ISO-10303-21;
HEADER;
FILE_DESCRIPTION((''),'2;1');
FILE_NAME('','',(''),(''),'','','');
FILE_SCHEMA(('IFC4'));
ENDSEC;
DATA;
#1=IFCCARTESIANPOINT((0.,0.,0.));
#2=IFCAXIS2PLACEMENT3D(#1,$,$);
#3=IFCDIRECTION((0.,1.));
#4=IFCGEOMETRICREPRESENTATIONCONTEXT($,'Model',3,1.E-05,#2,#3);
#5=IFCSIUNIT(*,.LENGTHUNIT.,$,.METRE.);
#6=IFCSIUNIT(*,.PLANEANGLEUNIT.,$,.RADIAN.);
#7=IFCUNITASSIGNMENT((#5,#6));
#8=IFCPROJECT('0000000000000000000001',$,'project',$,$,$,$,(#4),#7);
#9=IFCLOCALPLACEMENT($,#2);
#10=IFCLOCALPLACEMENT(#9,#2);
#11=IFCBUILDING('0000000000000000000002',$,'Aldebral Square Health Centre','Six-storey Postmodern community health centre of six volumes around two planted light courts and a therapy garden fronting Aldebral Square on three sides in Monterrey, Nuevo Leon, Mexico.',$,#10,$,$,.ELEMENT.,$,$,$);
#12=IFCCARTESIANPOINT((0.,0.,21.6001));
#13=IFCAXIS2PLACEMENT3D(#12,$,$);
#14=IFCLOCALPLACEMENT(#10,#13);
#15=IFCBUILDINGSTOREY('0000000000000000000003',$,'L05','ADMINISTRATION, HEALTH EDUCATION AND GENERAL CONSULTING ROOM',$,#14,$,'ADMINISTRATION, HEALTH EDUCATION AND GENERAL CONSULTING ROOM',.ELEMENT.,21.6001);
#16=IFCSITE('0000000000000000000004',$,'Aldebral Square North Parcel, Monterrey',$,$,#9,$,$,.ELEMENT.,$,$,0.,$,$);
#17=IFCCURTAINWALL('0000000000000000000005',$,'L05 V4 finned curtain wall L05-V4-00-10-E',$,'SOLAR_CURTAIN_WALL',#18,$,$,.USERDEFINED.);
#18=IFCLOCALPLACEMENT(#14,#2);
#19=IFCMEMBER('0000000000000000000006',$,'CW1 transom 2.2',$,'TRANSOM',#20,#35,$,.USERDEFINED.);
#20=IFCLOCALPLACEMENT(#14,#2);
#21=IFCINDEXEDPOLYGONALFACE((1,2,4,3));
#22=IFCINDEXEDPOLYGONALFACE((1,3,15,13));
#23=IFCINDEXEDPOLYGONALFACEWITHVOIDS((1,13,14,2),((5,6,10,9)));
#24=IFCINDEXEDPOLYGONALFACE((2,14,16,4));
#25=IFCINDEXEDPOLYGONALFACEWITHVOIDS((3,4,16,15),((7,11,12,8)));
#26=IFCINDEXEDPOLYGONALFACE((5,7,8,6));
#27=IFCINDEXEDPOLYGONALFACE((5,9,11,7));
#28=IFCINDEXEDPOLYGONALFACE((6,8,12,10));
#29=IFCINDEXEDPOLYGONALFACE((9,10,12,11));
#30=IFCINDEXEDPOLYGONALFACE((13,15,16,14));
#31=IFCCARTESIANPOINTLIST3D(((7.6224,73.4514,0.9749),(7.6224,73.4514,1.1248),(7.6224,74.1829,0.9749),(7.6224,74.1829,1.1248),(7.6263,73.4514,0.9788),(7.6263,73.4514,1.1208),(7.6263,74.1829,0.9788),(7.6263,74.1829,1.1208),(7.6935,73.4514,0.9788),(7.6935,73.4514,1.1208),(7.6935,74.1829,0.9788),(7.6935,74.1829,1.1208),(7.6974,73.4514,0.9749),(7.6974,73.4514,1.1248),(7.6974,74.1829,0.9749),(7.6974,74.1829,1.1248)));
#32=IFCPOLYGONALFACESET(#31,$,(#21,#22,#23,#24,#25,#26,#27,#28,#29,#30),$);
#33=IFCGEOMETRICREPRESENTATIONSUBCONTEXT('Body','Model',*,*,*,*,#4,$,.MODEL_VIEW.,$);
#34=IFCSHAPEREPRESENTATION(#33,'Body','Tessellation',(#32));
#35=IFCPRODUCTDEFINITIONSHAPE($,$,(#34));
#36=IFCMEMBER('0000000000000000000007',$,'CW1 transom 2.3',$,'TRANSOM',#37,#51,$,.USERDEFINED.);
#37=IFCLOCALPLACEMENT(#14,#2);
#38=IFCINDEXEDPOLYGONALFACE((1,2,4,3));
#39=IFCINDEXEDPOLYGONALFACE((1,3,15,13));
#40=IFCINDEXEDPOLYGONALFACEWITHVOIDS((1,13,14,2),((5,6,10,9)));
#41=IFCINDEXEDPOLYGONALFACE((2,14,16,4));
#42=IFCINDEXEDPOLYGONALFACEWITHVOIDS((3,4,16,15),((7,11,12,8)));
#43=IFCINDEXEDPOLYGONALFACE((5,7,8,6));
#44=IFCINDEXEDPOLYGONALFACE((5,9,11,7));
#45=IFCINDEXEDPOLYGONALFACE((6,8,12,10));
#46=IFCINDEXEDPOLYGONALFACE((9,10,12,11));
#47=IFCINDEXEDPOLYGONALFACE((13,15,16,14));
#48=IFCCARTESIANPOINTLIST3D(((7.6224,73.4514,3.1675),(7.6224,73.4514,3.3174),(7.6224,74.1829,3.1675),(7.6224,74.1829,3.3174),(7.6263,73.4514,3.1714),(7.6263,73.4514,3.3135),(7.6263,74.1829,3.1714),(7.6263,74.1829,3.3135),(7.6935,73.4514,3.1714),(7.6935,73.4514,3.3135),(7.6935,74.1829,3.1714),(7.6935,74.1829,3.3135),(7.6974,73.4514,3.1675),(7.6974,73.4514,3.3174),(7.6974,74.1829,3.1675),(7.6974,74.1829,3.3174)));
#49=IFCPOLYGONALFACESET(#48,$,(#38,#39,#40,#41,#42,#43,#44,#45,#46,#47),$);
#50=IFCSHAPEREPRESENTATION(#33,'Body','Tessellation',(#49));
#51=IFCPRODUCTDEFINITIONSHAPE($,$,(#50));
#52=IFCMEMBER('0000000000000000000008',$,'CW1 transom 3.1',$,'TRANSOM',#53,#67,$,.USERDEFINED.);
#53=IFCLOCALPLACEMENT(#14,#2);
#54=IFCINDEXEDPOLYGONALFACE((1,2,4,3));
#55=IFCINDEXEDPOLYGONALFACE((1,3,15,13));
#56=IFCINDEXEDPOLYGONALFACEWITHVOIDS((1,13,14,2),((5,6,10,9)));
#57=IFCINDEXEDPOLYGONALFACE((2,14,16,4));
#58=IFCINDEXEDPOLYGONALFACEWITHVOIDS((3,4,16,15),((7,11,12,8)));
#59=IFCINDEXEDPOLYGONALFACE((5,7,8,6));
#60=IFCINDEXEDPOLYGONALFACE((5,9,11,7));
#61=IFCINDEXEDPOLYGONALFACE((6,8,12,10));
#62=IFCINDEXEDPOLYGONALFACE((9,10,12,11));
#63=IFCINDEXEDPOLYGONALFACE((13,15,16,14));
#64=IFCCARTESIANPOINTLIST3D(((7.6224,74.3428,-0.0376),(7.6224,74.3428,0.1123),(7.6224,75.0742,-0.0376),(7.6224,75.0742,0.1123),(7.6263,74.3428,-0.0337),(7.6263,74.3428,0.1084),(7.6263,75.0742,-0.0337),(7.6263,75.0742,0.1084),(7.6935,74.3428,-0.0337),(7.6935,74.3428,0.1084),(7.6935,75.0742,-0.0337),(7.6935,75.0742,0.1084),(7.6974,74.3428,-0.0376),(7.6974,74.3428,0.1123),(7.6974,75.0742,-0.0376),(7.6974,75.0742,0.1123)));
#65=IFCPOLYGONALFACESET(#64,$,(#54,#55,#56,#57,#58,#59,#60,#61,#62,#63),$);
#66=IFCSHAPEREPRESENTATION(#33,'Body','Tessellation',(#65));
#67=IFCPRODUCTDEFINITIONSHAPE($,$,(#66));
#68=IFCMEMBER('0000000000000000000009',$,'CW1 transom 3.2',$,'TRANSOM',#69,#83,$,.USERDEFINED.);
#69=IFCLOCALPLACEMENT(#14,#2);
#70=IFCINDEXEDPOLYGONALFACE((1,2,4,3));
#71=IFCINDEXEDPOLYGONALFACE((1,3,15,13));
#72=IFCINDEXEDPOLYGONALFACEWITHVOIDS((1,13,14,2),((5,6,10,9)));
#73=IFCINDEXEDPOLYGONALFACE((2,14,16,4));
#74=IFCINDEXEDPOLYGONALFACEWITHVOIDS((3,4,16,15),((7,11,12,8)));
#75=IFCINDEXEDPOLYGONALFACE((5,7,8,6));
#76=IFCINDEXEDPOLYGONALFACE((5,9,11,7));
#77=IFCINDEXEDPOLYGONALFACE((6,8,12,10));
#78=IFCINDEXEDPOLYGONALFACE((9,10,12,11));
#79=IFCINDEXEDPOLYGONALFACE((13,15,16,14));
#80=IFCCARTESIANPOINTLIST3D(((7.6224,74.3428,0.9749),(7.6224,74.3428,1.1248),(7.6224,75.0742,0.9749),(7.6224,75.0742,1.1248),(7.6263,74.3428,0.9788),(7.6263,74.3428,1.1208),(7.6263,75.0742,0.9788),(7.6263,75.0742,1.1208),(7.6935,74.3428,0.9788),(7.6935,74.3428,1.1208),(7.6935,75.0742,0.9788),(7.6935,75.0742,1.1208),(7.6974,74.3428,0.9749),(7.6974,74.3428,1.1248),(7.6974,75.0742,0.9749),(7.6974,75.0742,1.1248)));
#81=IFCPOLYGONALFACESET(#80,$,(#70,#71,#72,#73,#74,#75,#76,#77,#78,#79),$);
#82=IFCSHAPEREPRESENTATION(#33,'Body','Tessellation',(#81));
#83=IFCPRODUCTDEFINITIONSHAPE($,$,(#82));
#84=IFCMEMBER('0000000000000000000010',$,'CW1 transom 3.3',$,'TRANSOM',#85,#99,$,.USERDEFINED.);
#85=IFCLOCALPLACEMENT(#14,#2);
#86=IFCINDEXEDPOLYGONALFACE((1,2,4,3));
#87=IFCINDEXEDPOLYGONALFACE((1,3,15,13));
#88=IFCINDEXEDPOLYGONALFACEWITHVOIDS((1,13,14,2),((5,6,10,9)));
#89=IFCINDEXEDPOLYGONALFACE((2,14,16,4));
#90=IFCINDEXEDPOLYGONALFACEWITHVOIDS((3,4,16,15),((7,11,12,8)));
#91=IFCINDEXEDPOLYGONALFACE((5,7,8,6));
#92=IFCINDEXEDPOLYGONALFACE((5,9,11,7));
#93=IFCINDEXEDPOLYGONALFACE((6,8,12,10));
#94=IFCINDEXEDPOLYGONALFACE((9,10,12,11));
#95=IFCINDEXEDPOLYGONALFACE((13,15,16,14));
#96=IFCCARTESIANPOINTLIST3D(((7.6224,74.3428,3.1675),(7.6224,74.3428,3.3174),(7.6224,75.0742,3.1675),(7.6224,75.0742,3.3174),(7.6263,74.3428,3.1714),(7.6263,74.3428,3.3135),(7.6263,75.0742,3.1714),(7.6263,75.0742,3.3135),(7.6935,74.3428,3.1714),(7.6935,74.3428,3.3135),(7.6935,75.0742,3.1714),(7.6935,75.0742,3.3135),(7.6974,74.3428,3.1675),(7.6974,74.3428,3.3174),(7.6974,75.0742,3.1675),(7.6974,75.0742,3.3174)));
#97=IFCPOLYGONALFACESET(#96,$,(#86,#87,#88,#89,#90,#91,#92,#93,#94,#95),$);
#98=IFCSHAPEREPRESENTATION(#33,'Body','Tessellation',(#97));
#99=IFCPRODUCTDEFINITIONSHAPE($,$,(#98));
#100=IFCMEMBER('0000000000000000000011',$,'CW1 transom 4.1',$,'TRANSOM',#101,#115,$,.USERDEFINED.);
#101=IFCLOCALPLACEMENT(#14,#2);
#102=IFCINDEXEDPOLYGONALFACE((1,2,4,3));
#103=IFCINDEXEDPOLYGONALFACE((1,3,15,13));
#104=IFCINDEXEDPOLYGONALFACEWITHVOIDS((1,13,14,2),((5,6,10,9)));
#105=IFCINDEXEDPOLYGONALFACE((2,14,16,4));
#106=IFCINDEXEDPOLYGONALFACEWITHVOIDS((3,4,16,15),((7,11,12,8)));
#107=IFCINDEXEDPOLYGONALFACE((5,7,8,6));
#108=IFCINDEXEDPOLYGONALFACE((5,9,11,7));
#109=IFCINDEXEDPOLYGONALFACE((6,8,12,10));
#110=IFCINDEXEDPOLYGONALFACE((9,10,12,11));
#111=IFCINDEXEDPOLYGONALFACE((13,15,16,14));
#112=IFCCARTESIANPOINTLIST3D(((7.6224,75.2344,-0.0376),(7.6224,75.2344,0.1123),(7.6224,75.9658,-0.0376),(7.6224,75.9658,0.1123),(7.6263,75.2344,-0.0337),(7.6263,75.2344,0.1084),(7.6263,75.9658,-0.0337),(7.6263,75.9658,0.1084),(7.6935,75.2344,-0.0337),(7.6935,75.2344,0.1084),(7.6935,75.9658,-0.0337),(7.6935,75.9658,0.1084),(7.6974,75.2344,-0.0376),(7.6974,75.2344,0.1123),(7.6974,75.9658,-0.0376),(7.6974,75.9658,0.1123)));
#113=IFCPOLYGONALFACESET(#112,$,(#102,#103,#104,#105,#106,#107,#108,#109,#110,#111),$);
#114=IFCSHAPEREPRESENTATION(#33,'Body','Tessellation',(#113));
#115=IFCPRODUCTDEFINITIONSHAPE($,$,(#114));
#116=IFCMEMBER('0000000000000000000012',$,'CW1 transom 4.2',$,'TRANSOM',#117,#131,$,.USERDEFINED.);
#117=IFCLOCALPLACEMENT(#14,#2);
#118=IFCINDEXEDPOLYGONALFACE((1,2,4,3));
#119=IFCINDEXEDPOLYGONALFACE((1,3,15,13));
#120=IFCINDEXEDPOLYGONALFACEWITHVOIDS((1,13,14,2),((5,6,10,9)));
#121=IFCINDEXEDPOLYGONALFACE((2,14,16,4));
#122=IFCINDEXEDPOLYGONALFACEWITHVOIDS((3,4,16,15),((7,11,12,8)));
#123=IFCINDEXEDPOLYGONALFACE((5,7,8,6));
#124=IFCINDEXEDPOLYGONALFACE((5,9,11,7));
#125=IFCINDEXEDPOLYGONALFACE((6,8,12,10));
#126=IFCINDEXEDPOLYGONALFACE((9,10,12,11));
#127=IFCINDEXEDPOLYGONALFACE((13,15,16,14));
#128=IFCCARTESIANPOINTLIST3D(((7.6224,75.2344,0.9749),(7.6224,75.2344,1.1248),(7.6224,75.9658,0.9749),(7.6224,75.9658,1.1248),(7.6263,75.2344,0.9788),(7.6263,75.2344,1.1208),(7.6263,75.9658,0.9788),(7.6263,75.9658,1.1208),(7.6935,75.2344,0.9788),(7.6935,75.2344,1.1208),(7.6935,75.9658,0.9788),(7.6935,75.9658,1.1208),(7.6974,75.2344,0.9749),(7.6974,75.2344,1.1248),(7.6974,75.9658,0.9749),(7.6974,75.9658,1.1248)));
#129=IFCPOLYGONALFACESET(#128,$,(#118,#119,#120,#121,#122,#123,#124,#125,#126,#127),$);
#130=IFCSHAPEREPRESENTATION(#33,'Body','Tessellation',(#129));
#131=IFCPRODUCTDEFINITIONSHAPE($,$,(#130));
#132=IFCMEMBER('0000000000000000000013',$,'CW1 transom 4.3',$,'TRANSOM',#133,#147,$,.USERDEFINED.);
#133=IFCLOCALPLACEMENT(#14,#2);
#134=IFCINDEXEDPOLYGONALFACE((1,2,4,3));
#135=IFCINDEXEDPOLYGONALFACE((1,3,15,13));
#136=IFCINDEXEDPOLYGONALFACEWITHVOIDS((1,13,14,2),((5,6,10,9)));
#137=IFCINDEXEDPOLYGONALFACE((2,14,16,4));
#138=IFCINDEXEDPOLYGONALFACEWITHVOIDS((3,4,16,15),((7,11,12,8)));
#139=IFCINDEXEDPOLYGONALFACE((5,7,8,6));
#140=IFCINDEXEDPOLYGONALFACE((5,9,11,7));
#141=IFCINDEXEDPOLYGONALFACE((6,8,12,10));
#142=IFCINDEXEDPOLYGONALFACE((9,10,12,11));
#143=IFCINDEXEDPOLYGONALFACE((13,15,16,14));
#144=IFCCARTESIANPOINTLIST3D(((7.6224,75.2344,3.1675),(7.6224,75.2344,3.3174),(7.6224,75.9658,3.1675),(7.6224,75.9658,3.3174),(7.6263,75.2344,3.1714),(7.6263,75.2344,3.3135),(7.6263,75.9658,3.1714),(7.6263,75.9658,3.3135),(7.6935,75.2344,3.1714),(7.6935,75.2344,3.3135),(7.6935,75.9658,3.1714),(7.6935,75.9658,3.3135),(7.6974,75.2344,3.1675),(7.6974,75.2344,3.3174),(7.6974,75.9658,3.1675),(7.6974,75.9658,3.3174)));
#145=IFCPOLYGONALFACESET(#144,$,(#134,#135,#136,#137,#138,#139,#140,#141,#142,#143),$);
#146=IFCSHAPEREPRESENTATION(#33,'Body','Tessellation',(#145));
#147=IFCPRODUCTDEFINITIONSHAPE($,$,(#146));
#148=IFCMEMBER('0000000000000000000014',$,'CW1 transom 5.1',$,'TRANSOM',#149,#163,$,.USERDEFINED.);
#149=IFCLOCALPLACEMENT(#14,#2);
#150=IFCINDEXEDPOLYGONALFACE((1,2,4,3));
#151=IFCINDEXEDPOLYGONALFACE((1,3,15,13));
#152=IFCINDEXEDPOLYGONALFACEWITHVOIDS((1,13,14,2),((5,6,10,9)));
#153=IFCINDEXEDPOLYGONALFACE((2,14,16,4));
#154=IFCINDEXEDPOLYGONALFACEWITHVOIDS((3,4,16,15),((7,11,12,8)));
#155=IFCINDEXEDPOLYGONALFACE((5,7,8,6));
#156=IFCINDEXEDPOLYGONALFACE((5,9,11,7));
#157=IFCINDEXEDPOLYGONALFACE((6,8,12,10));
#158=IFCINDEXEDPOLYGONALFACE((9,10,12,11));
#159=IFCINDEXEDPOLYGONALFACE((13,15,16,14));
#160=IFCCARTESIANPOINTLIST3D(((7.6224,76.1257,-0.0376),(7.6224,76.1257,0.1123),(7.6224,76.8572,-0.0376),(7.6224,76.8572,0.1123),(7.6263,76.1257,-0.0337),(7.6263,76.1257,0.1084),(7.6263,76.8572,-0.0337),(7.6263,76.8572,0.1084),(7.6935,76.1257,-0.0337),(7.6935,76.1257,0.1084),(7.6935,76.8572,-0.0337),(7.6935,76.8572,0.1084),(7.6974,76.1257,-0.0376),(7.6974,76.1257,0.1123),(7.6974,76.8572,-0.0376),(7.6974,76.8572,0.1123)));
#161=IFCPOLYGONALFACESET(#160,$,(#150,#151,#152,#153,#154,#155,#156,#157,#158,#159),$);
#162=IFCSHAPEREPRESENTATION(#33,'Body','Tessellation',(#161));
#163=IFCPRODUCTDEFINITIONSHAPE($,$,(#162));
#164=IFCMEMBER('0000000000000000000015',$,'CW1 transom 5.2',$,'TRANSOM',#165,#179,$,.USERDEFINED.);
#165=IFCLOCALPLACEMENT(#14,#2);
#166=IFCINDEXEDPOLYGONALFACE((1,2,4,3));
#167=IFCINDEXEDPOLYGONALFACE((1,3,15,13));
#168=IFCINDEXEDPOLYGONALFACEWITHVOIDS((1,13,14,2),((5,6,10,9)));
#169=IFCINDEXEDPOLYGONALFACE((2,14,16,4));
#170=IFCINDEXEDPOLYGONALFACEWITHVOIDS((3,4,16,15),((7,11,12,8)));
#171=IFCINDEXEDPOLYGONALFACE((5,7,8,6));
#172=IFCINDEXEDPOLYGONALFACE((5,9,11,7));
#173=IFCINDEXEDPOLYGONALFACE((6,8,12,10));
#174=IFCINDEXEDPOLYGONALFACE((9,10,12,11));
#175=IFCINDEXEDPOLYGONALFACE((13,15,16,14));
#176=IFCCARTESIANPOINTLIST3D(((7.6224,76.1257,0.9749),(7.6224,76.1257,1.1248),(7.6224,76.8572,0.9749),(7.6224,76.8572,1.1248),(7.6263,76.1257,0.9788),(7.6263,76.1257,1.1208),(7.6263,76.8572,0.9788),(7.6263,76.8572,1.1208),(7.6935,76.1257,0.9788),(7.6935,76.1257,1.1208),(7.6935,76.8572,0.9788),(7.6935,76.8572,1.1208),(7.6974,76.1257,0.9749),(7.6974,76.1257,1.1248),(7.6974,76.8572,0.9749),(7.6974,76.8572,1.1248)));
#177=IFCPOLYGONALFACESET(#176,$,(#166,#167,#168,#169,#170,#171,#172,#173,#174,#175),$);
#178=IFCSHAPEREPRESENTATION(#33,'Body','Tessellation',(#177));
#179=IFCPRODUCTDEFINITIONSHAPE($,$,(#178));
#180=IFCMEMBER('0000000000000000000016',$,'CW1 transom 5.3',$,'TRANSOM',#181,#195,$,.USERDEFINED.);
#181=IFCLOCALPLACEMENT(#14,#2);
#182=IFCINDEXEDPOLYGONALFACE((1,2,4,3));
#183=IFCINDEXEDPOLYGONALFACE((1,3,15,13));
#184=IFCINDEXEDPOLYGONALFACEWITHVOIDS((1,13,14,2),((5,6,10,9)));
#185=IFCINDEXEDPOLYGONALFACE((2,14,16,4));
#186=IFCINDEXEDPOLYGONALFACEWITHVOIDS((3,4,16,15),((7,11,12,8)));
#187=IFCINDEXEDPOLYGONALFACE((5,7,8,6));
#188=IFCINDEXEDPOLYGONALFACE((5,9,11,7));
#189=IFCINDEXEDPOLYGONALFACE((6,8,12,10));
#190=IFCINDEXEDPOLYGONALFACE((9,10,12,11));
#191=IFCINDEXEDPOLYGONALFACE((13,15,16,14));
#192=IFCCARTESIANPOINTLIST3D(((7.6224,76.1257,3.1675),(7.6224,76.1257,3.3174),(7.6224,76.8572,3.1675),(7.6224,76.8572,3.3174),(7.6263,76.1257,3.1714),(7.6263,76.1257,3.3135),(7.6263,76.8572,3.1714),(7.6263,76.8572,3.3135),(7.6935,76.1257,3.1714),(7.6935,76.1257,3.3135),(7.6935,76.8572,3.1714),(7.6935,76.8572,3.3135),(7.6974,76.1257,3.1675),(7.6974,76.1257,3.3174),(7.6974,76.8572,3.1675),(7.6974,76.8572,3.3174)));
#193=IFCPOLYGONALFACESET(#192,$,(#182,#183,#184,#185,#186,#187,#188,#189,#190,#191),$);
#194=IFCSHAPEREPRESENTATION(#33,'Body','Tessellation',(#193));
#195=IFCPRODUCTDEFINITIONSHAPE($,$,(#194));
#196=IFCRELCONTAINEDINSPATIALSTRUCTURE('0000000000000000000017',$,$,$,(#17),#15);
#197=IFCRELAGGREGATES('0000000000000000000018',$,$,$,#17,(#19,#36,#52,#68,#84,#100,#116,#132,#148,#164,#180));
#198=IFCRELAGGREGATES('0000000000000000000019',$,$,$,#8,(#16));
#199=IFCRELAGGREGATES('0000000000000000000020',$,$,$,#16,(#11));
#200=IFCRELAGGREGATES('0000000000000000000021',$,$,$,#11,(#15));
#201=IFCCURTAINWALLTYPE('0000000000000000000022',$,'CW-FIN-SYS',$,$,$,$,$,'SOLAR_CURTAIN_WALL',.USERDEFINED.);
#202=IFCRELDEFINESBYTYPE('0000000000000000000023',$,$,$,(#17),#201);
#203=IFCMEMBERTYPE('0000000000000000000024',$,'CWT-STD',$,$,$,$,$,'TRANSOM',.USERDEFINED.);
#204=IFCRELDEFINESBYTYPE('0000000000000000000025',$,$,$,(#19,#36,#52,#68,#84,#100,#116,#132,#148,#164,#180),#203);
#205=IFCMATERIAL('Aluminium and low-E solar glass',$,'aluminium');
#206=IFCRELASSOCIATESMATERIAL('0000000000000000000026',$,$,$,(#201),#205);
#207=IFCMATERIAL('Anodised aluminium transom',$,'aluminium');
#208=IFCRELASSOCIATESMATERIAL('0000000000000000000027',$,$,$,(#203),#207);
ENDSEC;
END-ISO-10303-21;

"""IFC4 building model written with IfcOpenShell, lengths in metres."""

from ifc_helpers import new_model, si_unit, direction, frame, origin, origin_2d, place, context, subcontext, project, spatial, hollow_rectangle, extrude, material, material_profile, profile_set, type_object, element, aggregate, save


model = new_model("IFC4")

# Units and contexts
model_context = context("Model", 3, precision=1e-05, world=origin(), true_north=direction((0.0, 1.0)))
body_context = subcontext(model_context, "Body", "Model", "MODEL_VIEW")
ifc_project = project(units=[si_unit("LENGTHUNIT", "METRE"), si_unit("PLANEANGLEUNIT", "RADIAN")], contexts=[model_context])

# Site, building, storey
site_placement = place(None, origin())
site = spatial("IfcSite", under=ifc_project, at=site_placement, Name="Aldebral Square North Parcel, Monterrey", CompositionType="ELEMENT", RefElevation=0.0)
building_placement = place(site_placement, origin())
building = spatial("IfcBuilding", under=site, at=building_placement, Name="Aldebral Square Health Centre", Description="Six-storey Postmodern community health centre of six volumes around two planted light courts and a therapy garden fronting Aldebral Square on three sides in Monterrey, Nuevo Leon, Mexico.", CompositionType="ELEMENT")
storey_placement = place(building_placement, frame((0.0, 0.0, 21.6001)))
storey = spatial("IfcBuildingStorey", under=building, at=storey_placement, Name="L05", Description="ADMINISTRATION, HEALTH EDUCATION AND GENERAL CONSULTING ROOM", LongName="ADMINISTRATION, HEALTH EDUCATION AND GENERAL CONSULTING ROOM", CompositionType="ELEMENT", Elevation=21.6001)

# Curtain wall, members
ifc_material_1 = material(Name="Aluminium and low-E solar glass", Category="aluminium")
curtain_wall_type = type_object("IfcCurtainWallType", Name="CW-FIN-SYS", ElementType="SOLAR_CURTAIN_WALL", PredefinedType="USERDEFINED", material=ifc_material_1)
curtain_wall_placement = place(storey_placement, origin())
curtain_wall = element("IfcCurtainWall", 1, at=curtain_wall_placement, inside=storey, type_object=curtain_wall_type, Name="L05 V4 finned curtain wall L05-V4-00-10-E", ObjectType="SOLAR_CURTAIN_WALL", PredefinedType="USERDEFINED")
ifc_material_2 = material(Name="Anodised aluminium transom", Category="aluminium")
ifc_material_profile = material_profile(ifc_material_2, hollow_rectangle(XDim=0.075, YDim=0.1499, WallThickness=0.0039, at=origin_2d()), Name="CWT 75x150x4")
ifc_profile_set = profile_set([ifc_material_profile], Name="Anodised aluminium transom")
member_type = type_object("IfcMemberType", Name="CWT-STD", ElementType="TRANSOM", PredefinedType="USERDEFINED", material=ifc_profile_set)
member_1_placement = place(storey_placement, frame((7.6599, 73.4514, 1.0498), z_axis=(0.0, 1.0, 0.0), x_axis=(-1.0, 0.0, 0.0)))
member_1 = element("IfcMember", 2, at=member_1_placement, type_object=member_type, Name="CW1 transom 2.2", ObjectType="TRANSOM", PredefinedType="USERDEFINED", context=body_context, shape_type="SweptSolid", body=[
    extrude(hollow_rectangle(XDim=0.075, YDim=0.1499, WallThickness=0.0039, at=origin_2d()), origin(), (0.0, 0.0, 1.0), 0.7314),
])
member_2_placement = place(storey_placement, frame((7.6599, 73.4514, 3.2424), z_axis=(0.0, 1.0, 0.0), x_axis=(-1.0, 0.0, 0.0)))
member_2 = element("IfcMember", 3, at=member_2_placement, type_object=member_type, Name="CW1 transom 2.3", ObjectType="TRANSOM", PredefinedType="USERDEFINED", context=body_context, shape_type="SweptSolid", body=[
    extrude(hollow_rectangle(XDim=0.075, YDim=0.1499, WallThickness=0.0039, at=origin_2d()), origin(), (0.0, 0.0, 1.0), 0.7314),
])
member_3_placement = place(storey_placement, frame((7.6599, 74.3428, 0.0374), z_axis=(0.0, 1.0, 0.0), x_axis=(-1.0, 0.0, 0.0)))
member_3 = element("IfcMember", 4, at=member_3_placement, type_object=member_type, Name="CW1 transom 3.1", ObjectType="TRANSOM", PredefinedType="USERDEFINED", context=body_context, shape_type="SweptSolid", body=[
    extrude(hollow_rectangle(XDim=0.075, YDim=0.1499, WallThickness=0.0039, at=origin_2d()), origin(), (0.0, 0.0, 1.0), 0.7314),
])
member_4_placement = place(storey_placement, frame((7.6599, 74.3428, 1.0498), z_axis=(0.0, 1.0, 0.0), x_axis=(-1.0, 0.0, 0.0)))
member_4 = element("IfcMember", 5, at=member_4_placement, type_object=member_type, Name="CW1 transom 3.2", ObjectType="TRANSOM", PredefinedType="USERDEFINED", context=body_context, shape_type="SweptSolid", body=[
    extrude(hollow_rectangle(XDim=0.075, YDim=0.1499, WallThickness=0.0039, at=origin_2d()), origin(), (0.0, 0.0, 1.0), 0.7314),
])
member_5_placement = place(storey_placement, frame((7.6599, 74.3428, 3.2424), z_axis=(0.0, 1.0, 0.0), x_axis=(-1.0, 0.0, 0.0)))
member_5 = element("IfcMember", 6, at=member_5_placement, type_object=member_type, Name="CW1 transom 3.3", ObjectType="TRANSOM", PredefinedType="USERDEFINED", context=body_context, shape_type="SweptSolid", body=[
    extrude(hollow_rectangle(XDim=0.075, YDim=0.1499, WallThickness=0.0039, at=origin_2d()), origin(), (0.0, 0.0, 1.0), 0.7314),
])
member_6_placement = place(storey_placement, frame((7.6599, 75.2344, 0.0374), z_axis=(0.0, 1.0, 0.0), x_axis=(-1.0, 0.0, 0.0)))
member_6 = element("IfcMember", 7, at=member_6_placement, type_object=member_type, Name="CW1 transom 4.1", ObjectType="TRANSOM", PredefinedType="USERDEFINED", context=body_context, shape_type="SweptSolid", body=[
    extrude(hollow_rectangle(XDim=0.075, YDim=0.1499, WallThickness=0.0039, at=origin_2d()), origin(), (0.0, 0.0, 1.0), 0.7314),
])
member_7_placement = place(storey_placement, frame((7.6599, 75.2344, 1.0498), z_axis=(0.0, 1.0, 0.0), x_axis=(-1.0, 0.0, 0.0)))
member_7 = element("IfcMember", 8, at=member_7_placement, type_object=member_type, Name="CW1 transom 4.2", ObjectType="TRANSOM", PredefinedType="USERDEFINED", context=body_context, shape_type="SweptSolid", body=[
    extrude(hollow_rectangle(XDim=0.075, YDim=0.1499, WallThickness=0.0039, at=origin_2d()), origin(), (0.0, 0.0, 1.0), 0.7314),
])
member_8_placement = place(storey_placement, frame((7.6599, 75.2344, 3.2424), z_axis=(0.0, 1.0, 0.0), x_axis=(-1.0, 0.0, 0.0)))
member_8 = element("IfcMember", 9, at=member_8_placement, type_object=member_type, Name="CW1 transom 4.3", ObjectType="TRANSOM", PredefinedType="USERDEFINED", context=body_context, shape_type="SweptSolid", body=[
    extrude(hollow_rectangle(XDim=0.075, YDim=0.1499, WallThickness=0.0039, at=origin_2d()), origin(), (0.0, 0.0, 1.0), 0.7314),
])
member_9_placement = place(storey_placement, frame((7.6599, 76.1257, 0.0374), z_axis=(0.0, 1.0, 0.0), x_axis=(-1.0, 0.0, 0.0)))
member_9 = element("IfcMember", 10, at=member_9_placement, type_object=member_type, Name="CW1 transom 5.1", ObjectType="TRANSOM", PredefinedType="USERDEFINED", context=body_context, shape_type="SweptSolid", body=[
    extrude(hollow_rectangle(XDim=0.075, YDim=0.1499, WallThickness=0.0039, at=origin_2d()), origin(), (0.0, 0.0, 1.0), 0.7314),
])
member_10_placement = place(storey_placement, frame((7.6599, 76.1257, 1.0498), z_axis=(0.0, 1.0, 0.0), x_axis=(-1.0, 0.0, 0.0)))
member_10 = element("IfcMember", 11, at=member_10_placement, type_object=member_type, Name="CW1 transom 5.2", ObjectType="TRANSOM", PredefinedType="USERDEFINED", context=body_context, shape_type="SweptSolid", body=[
    extrude(hollow_rectangle(XDim=0.075, YDim=0.1499, WallThickness=0.0039, at=origin_2d()), origin(), (0.0, 0.0, 1.0), 0.7314),
])
member_11_placement = place(storey_placement, frame((7.6599, 76.1257, 3.2424), z_axis=(0.0, 1.0, 0.0), x_axis=(-1.0, 0.0, 0.0)))
member_11 = element("IfcMember", 12, at=member_11_placement, type_object=member_type, Name="CW1 transom 5.3", ObjectType="TRANSOM", PredefinedType="USERDEFINED", context=body_context, shape_type="SweptSolid", body=[
    extrude(hollow_rectangle(XDim=0.075, YDim=0.1499, WallThickness=0.0039, at=origin_2d()), origin(), (0.0, 0.0, 1.0), 0.7314),
])
aggregate(curtain_wall, [member_1, member_2, member_3, member_4, member_5, member_6, member_7, member_8, member_9, member_10, member_11])

save(model, "model.ifc")
